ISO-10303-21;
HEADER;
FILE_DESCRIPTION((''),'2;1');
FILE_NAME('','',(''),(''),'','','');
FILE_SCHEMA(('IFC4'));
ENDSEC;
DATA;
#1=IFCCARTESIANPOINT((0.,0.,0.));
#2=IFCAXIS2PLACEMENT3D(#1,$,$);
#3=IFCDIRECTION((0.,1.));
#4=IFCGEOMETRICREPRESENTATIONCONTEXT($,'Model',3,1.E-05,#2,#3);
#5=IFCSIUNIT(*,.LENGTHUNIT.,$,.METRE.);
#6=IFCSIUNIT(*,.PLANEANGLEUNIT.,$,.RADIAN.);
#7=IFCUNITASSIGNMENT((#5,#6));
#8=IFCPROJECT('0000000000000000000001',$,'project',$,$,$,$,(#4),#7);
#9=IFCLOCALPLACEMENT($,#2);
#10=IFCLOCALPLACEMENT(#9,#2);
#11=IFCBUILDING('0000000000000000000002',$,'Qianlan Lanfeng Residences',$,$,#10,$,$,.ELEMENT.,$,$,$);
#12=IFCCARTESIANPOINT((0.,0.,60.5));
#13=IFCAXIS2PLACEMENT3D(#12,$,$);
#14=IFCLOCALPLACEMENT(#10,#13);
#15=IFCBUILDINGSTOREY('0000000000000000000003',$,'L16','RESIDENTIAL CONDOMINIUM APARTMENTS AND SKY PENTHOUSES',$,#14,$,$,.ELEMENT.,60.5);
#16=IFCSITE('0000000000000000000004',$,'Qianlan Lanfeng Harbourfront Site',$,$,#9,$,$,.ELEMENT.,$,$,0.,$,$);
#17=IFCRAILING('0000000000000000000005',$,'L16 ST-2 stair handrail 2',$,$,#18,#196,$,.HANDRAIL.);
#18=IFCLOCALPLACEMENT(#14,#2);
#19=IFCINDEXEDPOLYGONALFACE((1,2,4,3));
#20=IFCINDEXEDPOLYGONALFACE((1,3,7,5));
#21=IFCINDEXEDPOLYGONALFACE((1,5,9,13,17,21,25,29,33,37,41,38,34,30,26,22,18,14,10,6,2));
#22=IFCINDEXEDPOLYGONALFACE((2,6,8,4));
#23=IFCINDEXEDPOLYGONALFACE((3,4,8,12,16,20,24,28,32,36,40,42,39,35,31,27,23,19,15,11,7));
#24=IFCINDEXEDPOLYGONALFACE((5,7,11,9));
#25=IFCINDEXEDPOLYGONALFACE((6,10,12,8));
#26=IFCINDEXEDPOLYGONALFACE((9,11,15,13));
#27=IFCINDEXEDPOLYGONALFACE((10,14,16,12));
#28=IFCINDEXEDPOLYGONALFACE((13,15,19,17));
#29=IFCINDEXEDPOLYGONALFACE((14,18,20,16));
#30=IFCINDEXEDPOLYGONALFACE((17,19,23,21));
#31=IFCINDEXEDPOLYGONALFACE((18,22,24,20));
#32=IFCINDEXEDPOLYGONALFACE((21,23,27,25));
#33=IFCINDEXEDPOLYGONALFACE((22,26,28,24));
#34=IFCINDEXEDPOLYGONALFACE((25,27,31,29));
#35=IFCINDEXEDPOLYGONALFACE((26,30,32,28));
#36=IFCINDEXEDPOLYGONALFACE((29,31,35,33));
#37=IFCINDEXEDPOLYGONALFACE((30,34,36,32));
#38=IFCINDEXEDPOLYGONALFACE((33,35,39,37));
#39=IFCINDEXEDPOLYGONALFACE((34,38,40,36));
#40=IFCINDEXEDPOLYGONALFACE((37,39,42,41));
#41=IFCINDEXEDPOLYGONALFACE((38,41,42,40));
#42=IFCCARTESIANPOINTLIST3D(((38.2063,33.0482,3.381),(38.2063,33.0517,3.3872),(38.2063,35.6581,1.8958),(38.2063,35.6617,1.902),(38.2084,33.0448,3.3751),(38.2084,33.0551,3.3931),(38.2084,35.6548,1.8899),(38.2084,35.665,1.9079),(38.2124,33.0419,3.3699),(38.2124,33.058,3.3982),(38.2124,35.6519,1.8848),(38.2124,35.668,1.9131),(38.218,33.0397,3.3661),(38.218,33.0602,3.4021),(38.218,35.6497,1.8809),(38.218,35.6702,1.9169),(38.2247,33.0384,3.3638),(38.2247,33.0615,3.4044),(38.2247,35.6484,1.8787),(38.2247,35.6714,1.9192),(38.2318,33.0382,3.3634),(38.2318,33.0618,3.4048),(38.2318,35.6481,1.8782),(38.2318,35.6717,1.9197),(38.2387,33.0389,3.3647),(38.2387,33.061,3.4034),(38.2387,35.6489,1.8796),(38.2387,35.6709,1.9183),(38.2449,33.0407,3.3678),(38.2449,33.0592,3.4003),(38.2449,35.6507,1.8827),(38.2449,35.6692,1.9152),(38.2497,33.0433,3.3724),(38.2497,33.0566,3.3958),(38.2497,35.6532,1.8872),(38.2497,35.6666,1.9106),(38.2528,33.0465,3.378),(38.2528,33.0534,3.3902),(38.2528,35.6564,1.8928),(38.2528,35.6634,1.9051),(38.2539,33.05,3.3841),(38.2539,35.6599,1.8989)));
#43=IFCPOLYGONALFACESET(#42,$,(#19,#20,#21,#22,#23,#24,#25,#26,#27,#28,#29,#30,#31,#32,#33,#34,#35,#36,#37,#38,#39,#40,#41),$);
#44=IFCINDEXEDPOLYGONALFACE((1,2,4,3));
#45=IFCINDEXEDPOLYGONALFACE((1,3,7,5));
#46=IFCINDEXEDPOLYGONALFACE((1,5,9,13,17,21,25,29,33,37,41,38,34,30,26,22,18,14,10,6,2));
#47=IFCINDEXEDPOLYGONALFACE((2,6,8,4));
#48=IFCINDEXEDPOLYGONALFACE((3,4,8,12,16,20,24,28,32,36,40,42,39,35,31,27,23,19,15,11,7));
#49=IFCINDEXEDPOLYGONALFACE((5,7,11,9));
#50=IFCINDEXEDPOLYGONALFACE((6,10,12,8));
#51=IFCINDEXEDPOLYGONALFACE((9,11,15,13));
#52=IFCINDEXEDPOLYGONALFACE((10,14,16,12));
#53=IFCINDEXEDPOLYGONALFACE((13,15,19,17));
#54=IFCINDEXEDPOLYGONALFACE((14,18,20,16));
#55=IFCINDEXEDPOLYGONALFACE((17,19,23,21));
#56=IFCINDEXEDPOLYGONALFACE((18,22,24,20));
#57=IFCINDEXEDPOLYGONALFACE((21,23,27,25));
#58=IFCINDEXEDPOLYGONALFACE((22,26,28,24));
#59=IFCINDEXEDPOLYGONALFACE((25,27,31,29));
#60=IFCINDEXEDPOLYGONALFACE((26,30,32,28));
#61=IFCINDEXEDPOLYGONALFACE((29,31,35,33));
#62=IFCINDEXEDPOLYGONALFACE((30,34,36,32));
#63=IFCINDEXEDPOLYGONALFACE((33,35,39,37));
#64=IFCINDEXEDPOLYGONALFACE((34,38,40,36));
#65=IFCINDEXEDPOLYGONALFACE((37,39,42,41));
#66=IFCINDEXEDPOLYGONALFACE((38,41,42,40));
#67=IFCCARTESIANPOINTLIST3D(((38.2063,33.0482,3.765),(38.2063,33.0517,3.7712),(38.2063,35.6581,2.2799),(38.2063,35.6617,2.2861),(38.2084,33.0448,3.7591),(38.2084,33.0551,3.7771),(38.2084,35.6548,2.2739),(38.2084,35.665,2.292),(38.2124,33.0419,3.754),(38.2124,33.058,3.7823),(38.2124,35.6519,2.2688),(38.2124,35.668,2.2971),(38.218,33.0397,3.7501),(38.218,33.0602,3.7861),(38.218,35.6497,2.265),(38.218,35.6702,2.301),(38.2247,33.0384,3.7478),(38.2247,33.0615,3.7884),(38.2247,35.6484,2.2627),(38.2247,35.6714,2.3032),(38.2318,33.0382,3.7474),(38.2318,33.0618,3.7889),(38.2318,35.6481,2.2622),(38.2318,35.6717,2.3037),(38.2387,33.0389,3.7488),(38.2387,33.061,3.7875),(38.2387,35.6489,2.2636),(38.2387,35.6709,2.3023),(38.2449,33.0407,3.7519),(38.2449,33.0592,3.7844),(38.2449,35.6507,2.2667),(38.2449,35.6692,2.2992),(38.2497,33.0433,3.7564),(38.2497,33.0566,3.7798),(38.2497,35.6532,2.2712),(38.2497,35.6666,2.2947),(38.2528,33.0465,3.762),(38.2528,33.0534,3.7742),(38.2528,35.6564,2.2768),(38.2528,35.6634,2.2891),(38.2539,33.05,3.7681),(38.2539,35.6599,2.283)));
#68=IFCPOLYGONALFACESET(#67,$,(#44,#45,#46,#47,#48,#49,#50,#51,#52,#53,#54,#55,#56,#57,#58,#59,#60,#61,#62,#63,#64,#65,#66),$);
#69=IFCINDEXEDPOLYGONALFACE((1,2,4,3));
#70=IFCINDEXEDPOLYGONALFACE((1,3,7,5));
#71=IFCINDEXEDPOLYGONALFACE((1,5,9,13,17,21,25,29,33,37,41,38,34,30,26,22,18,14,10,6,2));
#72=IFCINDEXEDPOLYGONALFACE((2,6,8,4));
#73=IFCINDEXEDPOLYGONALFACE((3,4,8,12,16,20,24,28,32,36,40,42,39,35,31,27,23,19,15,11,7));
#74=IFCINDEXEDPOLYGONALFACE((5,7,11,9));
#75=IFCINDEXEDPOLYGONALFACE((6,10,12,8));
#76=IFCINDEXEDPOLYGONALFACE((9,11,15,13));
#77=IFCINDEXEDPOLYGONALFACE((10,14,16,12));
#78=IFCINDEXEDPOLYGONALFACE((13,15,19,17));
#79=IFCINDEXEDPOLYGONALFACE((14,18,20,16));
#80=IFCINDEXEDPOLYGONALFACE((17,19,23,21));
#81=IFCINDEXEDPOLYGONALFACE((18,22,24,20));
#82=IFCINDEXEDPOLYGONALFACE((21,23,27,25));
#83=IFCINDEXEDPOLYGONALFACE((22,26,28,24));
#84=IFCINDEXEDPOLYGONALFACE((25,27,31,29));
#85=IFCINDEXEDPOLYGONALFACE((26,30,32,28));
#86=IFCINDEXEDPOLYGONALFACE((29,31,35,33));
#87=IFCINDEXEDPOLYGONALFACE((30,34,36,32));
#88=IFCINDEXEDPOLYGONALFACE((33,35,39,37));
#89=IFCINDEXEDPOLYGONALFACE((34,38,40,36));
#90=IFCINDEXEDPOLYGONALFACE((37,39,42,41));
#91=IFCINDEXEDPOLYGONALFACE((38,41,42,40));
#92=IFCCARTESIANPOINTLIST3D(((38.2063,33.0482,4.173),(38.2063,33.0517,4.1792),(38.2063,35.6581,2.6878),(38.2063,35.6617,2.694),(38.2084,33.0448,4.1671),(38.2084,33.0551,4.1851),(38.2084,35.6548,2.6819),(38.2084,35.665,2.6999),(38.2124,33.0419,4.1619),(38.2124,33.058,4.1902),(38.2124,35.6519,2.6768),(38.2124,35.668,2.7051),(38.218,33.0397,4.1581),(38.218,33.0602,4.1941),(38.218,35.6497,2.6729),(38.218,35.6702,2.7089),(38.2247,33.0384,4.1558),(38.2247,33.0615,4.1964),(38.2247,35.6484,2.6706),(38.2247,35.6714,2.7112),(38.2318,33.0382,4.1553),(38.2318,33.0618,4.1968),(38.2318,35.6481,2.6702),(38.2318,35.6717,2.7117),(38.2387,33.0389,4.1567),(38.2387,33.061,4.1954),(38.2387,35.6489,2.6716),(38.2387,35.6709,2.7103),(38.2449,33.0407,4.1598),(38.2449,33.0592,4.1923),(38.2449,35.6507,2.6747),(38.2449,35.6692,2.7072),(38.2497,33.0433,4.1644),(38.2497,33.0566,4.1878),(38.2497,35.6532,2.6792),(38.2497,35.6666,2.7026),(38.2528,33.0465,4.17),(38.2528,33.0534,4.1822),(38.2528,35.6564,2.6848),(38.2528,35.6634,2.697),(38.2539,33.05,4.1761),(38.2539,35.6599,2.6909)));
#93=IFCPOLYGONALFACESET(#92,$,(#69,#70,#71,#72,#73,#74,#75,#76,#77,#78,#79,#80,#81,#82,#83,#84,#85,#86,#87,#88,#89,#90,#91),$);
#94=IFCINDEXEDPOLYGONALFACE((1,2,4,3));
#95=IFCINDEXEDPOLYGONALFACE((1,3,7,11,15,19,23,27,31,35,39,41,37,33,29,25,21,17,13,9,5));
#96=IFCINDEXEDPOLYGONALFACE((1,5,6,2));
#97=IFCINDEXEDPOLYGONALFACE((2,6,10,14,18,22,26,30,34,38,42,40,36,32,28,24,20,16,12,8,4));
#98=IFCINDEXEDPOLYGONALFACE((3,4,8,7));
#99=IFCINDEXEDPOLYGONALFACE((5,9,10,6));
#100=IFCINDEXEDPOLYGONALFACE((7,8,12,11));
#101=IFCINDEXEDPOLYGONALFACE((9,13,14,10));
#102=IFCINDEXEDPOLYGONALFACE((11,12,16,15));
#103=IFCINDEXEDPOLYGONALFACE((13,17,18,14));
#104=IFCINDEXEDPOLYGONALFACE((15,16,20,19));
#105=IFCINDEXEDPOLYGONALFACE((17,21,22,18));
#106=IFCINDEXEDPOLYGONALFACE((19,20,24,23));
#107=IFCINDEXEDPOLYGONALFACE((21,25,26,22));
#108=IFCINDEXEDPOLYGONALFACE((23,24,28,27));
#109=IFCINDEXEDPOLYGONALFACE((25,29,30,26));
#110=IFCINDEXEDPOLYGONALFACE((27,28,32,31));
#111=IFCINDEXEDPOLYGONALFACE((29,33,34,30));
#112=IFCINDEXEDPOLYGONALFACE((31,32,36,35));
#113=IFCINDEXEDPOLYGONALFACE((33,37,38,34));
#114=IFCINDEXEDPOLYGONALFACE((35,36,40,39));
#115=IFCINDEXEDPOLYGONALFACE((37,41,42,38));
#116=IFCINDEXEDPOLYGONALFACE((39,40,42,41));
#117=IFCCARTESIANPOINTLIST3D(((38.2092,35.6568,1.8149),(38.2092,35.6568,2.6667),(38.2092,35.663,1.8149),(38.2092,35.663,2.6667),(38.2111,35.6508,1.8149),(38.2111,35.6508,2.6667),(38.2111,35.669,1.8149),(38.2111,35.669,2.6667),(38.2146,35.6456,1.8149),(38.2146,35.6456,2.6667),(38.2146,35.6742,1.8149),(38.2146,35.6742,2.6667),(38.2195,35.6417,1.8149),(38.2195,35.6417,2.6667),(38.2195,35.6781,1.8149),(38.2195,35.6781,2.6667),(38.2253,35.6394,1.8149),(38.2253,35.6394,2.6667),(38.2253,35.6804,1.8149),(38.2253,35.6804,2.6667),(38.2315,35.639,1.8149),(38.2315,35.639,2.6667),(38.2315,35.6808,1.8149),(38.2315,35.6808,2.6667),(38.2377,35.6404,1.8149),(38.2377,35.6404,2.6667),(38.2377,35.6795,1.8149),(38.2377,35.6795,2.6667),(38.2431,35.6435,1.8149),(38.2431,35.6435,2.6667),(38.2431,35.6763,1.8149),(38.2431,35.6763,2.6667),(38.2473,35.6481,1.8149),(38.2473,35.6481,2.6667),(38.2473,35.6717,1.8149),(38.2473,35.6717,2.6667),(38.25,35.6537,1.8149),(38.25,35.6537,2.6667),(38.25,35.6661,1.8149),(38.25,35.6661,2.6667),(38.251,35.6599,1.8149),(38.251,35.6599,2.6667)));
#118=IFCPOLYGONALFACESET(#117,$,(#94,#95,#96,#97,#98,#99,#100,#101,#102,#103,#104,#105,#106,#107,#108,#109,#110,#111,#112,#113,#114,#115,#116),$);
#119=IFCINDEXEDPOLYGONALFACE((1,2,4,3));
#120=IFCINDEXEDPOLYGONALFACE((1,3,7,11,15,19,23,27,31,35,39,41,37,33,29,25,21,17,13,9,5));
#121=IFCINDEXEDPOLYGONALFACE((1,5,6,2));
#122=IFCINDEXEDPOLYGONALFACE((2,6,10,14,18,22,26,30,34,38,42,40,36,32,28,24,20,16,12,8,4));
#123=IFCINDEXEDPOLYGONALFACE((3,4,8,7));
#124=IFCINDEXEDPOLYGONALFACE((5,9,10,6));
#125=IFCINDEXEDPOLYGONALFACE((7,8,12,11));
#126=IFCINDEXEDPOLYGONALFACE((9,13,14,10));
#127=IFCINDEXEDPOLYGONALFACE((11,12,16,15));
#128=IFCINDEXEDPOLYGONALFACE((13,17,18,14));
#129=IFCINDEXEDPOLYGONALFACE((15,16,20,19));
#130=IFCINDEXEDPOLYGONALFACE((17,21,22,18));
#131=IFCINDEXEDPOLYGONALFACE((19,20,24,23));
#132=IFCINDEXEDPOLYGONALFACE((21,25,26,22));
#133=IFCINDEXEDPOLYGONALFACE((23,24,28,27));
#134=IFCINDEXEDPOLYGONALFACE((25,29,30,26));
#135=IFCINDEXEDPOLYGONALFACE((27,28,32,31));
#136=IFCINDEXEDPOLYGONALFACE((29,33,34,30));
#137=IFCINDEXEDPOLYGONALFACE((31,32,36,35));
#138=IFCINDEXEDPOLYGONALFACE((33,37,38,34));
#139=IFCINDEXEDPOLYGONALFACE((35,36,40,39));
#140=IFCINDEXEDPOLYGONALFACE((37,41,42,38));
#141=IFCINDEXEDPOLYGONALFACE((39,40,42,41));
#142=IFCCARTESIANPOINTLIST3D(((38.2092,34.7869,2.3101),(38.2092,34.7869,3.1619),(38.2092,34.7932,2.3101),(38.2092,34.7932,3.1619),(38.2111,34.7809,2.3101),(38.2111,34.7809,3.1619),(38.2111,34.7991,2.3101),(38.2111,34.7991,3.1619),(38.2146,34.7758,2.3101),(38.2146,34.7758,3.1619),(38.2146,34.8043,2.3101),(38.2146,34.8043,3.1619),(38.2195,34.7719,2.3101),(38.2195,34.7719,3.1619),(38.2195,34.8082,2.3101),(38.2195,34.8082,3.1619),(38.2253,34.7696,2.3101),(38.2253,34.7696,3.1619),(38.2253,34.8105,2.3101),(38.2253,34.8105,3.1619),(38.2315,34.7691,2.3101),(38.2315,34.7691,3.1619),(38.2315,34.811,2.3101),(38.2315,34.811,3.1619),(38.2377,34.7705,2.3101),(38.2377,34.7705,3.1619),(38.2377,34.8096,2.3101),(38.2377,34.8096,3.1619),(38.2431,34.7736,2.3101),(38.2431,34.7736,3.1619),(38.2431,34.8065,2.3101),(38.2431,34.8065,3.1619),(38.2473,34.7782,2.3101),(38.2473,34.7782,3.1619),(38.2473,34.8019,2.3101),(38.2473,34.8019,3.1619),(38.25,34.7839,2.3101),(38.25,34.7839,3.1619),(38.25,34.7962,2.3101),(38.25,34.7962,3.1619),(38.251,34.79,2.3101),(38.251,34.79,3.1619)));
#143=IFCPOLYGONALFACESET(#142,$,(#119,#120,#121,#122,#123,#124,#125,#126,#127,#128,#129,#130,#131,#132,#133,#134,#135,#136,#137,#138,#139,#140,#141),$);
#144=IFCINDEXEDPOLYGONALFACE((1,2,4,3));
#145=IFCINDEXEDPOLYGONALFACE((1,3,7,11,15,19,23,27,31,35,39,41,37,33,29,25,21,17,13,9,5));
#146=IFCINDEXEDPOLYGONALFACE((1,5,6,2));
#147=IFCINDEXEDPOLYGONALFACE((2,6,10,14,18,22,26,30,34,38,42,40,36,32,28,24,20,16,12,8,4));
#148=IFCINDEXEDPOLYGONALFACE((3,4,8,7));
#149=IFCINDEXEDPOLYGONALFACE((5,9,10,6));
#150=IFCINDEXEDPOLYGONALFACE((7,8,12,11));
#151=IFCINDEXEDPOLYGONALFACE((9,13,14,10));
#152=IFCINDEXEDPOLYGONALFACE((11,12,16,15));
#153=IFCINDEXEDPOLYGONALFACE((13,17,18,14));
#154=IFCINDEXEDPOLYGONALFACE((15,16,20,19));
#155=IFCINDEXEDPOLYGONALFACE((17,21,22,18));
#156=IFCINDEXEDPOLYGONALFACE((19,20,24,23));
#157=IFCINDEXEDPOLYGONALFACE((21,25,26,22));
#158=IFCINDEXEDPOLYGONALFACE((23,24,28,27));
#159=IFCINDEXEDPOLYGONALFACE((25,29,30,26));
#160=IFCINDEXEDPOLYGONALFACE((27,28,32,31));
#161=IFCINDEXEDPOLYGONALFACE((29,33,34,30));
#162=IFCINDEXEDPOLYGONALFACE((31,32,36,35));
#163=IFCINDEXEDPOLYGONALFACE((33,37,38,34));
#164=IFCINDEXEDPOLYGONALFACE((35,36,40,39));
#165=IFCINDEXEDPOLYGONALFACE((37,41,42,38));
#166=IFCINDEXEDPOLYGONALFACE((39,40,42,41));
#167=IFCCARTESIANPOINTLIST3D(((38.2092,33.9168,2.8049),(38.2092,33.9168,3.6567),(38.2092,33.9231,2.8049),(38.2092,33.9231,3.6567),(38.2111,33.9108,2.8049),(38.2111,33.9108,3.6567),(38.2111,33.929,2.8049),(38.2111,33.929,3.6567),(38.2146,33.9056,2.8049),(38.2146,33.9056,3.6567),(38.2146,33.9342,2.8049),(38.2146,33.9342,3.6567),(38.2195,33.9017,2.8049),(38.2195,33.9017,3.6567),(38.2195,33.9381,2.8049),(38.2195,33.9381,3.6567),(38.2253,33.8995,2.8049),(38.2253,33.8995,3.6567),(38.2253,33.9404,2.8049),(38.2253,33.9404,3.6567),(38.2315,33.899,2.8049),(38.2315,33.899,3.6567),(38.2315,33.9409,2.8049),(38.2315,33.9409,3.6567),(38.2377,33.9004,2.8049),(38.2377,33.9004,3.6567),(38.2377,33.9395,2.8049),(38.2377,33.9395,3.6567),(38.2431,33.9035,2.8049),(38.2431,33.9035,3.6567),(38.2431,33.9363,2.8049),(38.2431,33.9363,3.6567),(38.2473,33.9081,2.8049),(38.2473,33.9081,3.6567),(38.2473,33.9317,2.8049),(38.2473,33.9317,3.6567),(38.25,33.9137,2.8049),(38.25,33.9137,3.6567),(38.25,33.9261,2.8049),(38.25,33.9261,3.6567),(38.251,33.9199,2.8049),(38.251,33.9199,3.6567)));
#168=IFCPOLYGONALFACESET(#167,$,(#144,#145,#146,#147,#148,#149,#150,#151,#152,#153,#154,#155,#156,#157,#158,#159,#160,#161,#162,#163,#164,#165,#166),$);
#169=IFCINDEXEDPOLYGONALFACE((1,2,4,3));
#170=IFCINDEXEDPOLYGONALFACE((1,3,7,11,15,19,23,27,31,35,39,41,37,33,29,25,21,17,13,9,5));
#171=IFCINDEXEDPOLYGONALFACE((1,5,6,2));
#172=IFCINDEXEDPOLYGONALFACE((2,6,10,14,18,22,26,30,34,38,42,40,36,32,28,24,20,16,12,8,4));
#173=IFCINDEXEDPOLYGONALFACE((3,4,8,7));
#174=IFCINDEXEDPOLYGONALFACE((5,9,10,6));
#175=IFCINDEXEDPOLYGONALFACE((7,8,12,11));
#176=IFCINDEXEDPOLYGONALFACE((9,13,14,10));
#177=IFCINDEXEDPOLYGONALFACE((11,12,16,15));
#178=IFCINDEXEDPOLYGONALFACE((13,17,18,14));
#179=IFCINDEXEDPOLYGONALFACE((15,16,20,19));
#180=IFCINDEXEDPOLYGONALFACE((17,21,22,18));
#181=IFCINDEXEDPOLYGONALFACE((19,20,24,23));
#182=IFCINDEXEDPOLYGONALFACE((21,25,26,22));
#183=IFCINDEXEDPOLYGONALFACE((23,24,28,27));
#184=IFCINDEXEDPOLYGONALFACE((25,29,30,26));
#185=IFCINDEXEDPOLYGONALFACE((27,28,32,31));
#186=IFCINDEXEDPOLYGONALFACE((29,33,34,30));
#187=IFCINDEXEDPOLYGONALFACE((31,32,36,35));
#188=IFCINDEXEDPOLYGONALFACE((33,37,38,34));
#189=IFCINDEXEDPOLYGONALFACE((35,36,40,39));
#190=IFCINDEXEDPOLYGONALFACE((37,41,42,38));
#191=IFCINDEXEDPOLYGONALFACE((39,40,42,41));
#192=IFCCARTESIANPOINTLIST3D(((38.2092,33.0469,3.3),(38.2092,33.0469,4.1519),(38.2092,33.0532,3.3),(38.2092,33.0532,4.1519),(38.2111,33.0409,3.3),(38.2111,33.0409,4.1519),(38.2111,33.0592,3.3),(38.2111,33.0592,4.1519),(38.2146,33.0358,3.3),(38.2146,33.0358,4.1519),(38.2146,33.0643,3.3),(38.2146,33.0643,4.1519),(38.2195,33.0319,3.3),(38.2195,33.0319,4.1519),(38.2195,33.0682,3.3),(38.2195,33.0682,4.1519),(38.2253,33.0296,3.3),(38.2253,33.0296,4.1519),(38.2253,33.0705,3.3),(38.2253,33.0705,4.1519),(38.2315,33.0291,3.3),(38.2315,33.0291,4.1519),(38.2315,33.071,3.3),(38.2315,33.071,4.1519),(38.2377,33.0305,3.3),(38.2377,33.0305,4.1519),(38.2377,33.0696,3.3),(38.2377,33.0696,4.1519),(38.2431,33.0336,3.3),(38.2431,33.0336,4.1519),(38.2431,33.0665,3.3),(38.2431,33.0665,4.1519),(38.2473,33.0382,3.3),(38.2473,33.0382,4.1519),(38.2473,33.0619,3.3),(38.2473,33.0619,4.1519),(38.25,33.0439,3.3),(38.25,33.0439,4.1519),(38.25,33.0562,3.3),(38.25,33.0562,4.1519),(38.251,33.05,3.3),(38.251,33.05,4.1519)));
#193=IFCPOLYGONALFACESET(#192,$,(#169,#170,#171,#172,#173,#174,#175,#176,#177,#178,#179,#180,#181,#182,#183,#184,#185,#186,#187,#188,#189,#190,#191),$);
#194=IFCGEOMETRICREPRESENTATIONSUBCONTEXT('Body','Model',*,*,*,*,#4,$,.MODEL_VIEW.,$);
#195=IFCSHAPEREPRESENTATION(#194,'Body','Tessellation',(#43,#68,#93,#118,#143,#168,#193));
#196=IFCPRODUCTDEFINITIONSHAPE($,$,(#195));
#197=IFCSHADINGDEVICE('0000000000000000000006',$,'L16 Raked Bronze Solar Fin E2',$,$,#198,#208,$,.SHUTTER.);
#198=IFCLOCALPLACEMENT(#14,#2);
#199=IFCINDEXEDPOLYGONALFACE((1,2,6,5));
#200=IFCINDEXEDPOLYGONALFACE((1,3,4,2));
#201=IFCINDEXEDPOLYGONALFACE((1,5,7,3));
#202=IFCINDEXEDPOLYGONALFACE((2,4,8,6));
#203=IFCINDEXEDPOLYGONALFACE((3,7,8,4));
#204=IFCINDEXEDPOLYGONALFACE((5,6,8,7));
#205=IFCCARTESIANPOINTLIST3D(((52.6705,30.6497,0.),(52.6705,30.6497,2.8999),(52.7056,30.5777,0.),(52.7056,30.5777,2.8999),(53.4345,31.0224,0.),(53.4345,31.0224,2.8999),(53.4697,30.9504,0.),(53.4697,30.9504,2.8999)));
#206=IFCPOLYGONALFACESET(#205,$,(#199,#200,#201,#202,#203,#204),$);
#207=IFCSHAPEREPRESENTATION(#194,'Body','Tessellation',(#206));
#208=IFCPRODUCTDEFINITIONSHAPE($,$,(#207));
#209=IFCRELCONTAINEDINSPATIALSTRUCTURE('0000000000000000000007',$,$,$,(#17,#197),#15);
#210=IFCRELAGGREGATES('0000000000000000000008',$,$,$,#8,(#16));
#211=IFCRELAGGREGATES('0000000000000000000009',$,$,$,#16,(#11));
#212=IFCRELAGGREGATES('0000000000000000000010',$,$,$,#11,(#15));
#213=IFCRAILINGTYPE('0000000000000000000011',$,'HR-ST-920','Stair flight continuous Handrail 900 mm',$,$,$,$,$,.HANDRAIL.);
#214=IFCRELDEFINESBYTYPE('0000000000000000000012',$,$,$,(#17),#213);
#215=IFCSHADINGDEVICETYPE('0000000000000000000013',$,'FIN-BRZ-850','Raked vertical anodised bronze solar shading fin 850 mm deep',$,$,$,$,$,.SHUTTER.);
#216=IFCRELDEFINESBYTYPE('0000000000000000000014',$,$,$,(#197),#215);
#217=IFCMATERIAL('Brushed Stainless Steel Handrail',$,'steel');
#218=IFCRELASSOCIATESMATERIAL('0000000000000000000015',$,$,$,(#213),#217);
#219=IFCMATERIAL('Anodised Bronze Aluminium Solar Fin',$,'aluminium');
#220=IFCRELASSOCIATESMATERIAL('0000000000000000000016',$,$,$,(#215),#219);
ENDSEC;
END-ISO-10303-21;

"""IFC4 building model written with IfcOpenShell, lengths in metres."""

from ifc_helpers import new_model, si_unit, direction, frame, origin, origin_2d, place, context, subcontext, project, spatial, rectangle, circle, extrude, source, transform, mapped, material, type_object, element, save


model = new_model("IFC4")

# Units and contexts
model_context = context("Model", 3, precision=1e-05, world=origin(), true_north=direction((0.0, 1.0)))
body_context = subcontext(model_context, "Body", "Model", "MODEL_VIEW")
ifc_project = project(units=[si_unit("LENGTHUNIT", "METRE"), si_unit("PLANEANGLEUNIT", "RADIAN")], contexts=[model_context])

# Site, building, storey
site_placement = place(None, origin())
site = spatial("IfcSite", under=ifc_project, at=site_placement, Name="Qianlan Lanfeng Harbourfront Site", CompositionType="ELEMENT", RefElevation=0.0)
building_placement = place(site_placement, origin())
building = spatial("IfcBuilding", under=site, at=building_placement, Name="Qianlan Lanfeng Residences", CompositionType="ELEMENT")
storey_placement = place(building_placement, frame((0.0, 0.0, 60.5)))
storey = spatial("IfcBuildingStorey", under=building, at=storey_placement, Name="L16", Description="RESIDENTIAL CONDOMINIUM APARTMENTS AND SKY PENTHOUSES", CompositionType="ELEMENT", Elevation=60.5)

# Railing
ifc_material_1 = material(Name="Brushed Stainless Steel Handrail", Category="steel")
railing_type_1 = type_object("IfcRailingType", Name="HR-ST-920", Description="Stair flight continuous Handrail 900 mm", PredefinedType="HANDRAIL", material=ifc_material_1)
railing_1_placement = place(storey_placement, frame((38.23, 35.6599, 1.8149)))
element("IfcRailing", 1, at=railing_1_placement, inside=storey, type_object=railing_type_1, Name="L16 ST-2 stair handrail 2", PredefinedType="HANDRAIL", context=body_context, shape_type="SweptSolid", body=[
    extrude(circle(Radius=0.0239, at=origin_2d()), frame((0.0, 0.0, 0.084), z_axis=(0.0, -0.869137, 0.494571), x_axis=(1.0, 0.0, 0.0)), (0.0, 0.0, 1.0), 3.0029),
    extrude(circle(Radius=0.0239, at=origin_2d()), frame((0.0, 0.0, 0.468), z_axis=(0.0, -0.869137, 0.494571), x_axis=(1.0, 0.0, 0.0)), (0.0, 0.0, 1.0), 3.0029),
    extrude(circle(Radius=0.0239, at=origin_2d()), frame((0.0, 0.0, 0.876), z_axis=(0.0, -0.869137, 0.494571), x_axis=(1.0, 0.0, 0.0)), (0.0, 0.0, 1.0), 3.0029),
    extrude(circle(Radius=0.021, at=origin_2d()), origin(), (0.0, 0.0, 1.0), 0.8518),
    extrude(circle(Radius=0.021, at=origin_2d()), frame((0.0, -0.8699, 0.4951)), (0.0, 0.0, 1.0), 0.8518),
    extrude(circle(Radius=0.021, at=origin_2d()), frame((0.0, -1.74, 0.99)), (0.0, 0.0, 1.0), 0.8518),
    extrude(circle(Radius=0.021, at=origin_2d()), frame((0.0, -2.6099, 1.4851)), (0.0, 0.0, 1.0), 0.8518),
])

# Shading device
ifc_material_2 = material(Name="Anodised Bronze Aluminium Solar Fin", Category="aluminium")
shading_device_type = type_object("IfcShadingDeviceType", Name="FIN-BRZ-850", Description="Raked vertical anodised bronze solar shading fin 850 mm deep", PredefinedType="SHUTTER", material=ifc_material_2)
shared_shape = source(origin(), body_context, "Body", "SweptSolid", [
    extrude(rectangle(XDim=0.8501, YDim=0.0801, at=origin_2d()), origin(), (0.0, 0.0, 1.0), 2.8999),
])
shading_device_placement = place(storey_placement, frame((53.0701, 30.8, 0.0), z_axis=(0.0, 0.0, 1.0), x_axis=(0.898794, 0.438371, 0.0)))
element("IfcShadingDevice", 2, at=shading_device_placement, inside=storey, type_object=shading_device_type, Name="L16 Raked Bronze Solar Fin E2", PredefinedType="SHUTTER", context=body_context, shape_type="MappedRepresentation", body=[
    mapped(shared_shape, transform((0.0, 0.0, 0.0), scale=1.0)),
])

save(model, "model.ifc")
